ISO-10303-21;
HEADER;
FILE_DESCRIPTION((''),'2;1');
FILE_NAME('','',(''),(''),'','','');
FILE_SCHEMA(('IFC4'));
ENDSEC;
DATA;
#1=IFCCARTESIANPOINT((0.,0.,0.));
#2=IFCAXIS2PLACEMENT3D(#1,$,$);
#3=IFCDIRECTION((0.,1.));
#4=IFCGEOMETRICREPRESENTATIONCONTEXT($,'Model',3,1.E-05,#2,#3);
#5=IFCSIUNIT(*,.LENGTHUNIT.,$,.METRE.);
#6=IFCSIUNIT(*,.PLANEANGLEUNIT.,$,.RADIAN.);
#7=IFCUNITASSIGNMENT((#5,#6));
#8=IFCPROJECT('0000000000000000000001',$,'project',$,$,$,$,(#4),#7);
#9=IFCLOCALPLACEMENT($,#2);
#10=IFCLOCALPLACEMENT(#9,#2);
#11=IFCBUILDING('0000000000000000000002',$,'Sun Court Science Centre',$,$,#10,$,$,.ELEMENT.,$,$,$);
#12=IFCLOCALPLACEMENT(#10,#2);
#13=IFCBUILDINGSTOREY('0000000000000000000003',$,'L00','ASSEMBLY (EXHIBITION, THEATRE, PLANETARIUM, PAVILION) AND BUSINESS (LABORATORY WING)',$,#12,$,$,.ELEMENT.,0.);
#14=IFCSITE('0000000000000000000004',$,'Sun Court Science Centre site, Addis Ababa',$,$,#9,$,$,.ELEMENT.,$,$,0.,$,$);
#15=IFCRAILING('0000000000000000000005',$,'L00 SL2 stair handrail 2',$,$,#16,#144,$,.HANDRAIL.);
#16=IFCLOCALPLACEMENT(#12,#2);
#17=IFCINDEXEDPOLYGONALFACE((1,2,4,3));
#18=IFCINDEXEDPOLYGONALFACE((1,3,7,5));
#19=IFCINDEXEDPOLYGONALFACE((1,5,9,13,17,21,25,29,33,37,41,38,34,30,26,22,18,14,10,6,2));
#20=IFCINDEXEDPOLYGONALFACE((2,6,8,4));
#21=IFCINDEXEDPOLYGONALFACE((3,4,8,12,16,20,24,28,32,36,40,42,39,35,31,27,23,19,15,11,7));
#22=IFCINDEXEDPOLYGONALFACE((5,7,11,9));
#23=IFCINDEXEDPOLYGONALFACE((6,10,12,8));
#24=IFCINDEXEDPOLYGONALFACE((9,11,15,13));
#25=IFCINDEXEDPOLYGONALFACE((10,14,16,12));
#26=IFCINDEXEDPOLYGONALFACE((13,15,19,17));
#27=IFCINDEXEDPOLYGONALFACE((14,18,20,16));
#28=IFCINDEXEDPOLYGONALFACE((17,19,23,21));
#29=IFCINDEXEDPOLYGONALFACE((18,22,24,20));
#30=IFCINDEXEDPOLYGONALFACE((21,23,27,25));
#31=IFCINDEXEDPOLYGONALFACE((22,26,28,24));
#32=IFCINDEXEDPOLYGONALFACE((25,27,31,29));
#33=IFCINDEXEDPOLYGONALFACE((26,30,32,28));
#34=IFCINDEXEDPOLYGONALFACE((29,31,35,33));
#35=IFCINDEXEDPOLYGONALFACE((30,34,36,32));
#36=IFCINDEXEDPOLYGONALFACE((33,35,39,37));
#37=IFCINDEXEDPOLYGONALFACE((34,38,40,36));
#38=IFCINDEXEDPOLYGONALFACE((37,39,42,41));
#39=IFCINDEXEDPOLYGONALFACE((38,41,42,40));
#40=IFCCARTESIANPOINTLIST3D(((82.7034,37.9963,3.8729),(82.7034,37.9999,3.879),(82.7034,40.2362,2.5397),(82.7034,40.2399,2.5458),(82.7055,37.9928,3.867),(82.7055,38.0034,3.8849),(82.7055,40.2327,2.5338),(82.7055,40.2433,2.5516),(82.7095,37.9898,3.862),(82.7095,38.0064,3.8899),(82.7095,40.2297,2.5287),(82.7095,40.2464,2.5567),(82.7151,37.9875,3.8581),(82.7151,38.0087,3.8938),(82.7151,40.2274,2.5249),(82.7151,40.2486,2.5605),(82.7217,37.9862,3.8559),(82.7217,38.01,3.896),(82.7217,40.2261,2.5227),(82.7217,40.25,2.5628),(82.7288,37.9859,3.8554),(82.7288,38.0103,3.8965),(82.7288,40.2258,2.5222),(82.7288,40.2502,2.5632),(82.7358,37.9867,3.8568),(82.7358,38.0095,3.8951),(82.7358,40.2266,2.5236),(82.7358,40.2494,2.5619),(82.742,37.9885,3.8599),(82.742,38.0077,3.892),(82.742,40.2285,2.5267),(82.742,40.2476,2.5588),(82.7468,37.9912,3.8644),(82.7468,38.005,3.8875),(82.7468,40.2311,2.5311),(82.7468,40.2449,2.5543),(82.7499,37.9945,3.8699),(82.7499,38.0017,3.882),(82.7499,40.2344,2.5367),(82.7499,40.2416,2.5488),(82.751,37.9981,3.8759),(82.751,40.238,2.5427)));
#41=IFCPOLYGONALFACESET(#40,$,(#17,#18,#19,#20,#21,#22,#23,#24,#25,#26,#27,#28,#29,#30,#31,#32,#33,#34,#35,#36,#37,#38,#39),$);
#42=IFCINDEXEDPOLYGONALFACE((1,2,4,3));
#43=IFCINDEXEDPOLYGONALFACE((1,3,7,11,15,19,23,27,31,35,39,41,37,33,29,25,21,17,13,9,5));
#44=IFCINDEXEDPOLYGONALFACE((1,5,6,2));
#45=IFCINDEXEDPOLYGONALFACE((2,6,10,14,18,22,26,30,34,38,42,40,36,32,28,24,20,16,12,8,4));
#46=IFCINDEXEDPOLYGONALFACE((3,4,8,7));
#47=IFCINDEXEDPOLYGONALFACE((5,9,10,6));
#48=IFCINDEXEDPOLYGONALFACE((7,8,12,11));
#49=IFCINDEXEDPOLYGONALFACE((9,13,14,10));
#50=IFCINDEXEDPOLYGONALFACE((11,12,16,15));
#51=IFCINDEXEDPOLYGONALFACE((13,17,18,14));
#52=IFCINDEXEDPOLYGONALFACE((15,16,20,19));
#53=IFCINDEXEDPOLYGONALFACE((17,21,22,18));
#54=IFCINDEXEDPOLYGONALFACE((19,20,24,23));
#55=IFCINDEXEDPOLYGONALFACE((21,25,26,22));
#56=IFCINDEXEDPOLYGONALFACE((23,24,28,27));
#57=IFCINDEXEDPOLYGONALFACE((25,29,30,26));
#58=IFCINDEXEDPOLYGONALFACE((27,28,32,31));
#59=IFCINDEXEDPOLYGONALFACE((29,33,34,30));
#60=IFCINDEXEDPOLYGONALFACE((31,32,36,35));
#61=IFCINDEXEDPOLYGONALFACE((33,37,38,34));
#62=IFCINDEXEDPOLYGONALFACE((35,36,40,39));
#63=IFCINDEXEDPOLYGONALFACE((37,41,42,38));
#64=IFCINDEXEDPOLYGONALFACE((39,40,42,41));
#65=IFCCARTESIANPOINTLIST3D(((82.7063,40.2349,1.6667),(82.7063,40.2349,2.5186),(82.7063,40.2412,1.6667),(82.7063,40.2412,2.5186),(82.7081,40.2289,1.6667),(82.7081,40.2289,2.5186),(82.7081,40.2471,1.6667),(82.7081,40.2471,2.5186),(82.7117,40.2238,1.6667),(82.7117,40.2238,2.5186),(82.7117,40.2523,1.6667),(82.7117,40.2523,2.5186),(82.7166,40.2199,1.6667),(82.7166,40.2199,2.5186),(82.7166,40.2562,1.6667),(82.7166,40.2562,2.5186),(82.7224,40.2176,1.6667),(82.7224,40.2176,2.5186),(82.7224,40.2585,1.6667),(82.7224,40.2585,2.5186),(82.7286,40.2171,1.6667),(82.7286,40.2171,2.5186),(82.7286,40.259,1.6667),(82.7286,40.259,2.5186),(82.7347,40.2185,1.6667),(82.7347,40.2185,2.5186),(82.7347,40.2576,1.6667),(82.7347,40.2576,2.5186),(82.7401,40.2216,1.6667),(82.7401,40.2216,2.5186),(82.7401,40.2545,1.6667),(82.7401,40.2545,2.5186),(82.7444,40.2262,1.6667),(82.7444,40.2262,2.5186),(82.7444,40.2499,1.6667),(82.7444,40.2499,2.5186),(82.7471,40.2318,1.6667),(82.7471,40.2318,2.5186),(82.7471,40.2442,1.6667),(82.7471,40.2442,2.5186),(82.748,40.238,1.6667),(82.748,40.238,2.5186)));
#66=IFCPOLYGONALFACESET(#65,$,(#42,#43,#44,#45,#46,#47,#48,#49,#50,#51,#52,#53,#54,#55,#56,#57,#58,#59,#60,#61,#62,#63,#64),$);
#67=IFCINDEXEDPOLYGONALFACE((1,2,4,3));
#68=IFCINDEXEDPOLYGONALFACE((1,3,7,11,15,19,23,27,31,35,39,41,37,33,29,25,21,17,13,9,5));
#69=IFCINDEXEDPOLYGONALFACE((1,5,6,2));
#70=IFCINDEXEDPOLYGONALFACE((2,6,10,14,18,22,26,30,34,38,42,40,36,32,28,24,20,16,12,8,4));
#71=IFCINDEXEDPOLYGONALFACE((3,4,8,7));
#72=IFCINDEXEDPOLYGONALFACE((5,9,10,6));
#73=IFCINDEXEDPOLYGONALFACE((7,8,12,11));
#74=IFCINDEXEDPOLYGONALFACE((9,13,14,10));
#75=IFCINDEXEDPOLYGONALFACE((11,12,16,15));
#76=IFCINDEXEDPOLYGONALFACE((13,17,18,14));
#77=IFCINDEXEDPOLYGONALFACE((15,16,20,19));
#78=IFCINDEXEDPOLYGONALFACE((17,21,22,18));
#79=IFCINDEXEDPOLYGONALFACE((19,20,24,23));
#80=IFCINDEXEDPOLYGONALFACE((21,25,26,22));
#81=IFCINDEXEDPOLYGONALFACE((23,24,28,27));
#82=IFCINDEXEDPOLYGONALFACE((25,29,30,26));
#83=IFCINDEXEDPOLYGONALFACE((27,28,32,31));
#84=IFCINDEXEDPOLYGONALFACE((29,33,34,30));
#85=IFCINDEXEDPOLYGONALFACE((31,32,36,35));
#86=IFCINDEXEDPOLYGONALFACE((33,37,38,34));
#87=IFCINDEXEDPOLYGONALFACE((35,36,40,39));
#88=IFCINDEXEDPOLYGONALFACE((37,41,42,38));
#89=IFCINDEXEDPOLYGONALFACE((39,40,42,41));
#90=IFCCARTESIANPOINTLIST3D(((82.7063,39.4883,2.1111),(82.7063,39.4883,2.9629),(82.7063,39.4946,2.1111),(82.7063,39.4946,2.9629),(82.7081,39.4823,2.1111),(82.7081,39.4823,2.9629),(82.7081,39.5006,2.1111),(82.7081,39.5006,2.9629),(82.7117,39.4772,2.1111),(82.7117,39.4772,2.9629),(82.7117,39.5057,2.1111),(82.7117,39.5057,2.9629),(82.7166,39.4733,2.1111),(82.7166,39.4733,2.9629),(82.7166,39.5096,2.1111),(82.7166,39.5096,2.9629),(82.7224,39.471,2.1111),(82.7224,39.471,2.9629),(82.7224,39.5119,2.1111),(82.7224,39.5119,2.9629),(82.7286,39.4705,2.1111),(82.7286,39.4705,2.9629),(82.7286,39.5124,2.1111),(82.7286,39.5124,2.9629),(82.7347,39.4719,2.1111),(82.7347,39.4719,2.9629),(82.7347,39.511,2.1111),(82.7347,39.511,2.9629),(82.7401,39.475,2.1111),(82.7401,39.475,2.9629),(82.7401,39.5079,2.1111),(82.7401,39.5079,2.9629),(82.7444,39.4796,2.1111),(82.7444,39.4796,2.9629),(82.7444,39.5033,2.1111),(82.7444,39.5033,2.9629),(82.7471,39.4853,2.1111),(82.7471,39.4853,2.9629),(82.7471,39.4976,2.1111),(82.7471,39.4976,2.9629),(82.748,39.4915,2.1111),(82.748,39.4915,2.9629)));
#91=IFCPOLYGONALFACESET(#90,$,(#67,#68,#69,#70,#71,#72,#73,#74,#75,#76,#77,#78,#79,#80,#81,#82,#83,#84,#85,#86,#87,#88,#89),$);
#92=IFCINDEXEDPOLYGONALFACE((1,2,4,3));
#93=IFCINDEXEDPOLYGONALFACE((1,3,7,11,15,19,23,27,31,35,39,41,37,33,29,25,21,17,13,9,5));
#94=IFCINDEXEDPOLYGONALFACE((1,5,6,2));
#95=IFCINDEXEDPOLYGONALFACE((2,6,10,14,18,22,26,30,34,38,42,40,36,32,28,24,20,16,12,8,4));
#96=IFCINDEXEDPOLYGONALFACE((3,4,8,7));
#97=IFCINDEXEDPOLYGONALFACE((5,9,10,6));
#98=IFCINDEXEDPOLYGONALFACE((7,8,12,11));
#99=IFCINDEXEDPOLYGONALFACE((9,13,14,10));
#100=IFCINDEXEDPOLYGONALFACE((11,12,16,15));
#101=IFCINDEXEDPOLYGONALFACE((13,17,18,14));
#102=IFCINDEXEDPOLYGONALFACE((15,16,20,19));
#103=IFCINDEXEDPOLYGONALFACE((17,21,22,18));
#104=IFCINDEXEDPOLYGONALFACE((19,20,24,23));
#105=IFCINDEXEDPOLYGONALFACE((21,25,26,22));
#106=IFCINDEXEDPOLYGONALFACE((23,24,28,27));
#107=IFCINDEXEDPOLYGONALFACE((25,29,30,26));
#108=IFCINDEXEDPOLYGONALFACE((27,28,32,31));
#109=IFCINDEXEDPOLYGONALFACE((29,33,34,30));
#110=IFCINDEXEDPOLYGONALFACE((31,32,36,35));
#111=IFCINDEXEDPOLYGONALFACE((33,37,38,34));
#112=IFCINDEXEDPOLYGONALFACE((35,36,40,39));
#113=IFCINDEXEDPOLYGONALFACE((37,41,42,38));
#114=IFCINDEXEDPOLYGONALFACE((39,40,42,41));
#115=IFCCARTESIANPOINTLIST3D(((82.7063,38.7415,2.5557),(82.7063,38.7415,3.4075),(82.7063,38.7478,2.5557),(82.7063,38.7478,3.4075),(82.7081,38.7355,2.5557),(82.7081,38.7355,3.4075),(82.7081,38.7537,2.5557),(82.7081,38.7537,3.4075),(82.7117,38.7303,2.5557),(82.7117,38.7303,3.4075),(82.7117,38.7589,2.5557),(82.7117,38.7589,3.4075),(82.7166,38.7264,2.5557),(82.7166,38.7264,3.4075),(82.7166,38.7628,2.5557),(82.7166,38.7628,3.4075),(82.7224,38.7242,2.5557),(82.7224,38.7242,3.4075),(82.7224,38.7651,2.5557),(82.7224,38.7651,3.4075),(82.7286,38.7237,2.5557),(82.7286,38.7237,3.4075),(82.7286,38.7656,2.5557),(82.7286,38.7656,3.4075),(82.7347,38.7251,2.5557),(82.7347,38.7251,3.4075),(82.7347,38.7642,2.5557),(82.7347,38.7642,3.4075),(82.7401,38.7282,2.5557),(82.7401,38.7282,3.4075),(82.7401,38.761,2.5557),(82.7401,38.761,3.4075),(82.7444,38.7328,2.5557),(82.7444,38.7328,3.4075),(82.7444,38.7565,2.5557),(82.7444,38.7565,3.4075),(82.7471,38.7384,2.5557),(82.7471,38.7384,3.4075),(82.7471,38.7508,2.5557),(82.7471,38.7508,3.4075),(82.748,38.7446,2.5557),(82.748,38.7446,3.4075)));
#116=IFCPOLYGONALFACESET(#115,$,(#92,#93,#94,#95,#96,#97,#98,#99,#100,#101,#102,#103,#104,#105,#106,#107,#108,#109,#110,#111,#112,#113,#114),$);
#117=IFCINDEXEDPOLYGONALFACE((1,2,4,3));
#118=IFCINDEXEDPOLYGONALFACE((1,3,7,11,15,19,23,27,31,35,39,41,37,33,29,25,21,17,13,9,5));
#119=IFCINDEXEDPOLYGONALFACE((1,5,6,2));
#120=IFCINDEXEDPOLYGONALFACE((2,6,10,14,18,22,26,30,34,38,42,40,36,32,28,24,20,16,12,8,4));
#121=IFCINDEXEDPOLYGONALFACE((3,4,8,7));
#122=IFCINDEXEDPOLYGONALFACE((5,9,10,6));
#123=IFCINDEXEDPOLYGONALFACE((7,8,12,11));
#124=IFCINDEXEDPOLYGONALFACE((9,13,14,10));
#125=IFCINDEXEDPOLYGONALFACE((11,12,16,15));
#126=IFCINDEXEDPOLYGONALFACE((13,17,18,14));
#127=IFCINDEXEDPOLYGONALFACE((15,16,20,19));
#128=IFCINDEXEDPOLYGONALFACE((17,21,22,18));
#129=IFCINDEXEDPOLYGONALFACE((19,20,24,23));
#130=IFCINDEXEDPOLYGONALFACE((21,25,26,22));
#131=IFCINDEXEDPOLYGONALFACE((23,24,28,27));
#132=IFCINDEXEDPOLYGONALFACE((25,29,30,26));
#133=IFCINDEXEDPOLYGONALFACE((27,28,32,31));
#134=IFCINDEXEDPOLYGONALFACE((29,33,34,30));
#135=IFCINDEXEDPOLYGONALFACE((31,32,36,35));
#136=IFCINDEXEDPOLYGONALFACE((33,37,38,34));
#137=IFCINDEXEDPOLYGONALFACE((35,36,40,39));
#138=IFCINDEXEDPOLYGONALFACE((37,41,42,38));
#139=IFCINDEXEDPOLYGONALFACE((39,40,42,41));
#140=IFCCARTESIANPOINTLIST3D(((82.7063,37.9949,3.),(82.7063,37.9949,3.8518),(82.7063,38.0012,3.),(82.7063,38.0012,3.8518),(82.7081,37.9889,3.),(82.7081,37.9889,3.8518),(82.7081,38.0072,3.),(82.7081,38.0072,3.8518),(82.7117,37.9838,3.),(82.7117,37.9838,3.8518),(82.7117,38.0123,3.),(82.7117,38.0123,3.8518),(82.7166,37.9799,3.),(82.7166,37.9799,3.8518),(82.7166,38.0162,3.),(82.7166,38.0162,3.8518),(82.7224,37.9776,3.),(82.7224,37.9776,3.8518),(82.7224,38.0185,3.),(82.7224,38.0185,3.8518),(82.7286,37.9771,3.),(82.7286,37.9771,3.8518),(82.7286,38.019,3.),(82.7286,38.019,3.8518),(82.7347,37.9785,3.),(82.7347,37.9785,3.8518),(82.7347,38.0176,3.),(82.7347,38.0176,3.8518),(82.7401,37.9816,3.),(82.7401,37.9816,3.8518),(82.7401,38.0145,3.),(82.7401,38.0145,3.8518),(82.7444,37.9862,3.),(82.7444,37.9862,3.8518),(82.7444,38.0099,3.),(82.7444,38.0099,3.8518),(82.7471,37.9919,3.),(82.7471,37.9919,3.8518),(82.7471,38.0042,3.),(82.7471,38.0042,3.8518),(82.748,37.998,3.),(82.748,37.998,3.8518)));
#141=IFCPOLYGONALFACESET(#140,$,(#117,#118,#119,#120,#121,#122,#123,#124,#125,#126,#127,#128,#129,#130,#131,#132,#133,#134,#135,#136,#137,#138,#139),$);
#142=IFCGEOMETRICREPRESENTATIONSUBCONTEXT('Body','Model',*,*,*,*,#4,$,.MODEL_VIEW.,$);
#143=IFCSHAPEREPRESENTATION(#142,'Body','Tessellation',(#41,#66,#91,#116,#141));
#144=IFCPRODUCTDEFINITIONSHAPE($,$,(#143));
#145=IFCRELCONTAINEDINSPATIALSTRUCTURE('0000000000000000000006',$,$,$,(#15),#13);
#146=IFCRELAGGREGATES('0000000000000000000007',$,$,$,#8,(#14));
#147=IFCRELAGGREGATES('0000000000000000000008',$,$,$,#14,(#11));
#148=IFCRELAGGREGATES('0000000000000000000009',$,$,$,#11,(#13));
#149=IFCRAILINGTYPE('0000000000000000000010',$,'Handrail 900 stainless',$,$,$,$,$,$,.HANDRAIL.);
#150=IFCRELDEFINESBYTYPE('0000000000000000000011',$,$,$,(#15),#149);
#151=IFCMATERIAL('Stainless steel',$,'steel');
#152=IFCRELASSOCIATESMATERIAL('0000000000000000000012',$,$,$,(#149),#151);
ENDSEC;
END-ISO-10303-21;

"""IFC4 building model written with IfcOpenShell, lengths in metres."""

from ifc_helpers import new_model, si_unit, direction, frame, origin, origin_2d, place, context, subcontext, project, spatial, circle, extrude, material, type_object, element, save


model = new_model("IFC4")

# Units and contexts
model_context = context("Model", 3, precision=1e-05, world=origin(), true_north=direction((0.0, 1.0)))
body_context = subcontext(model_context, "Body", "Model", "MODEL_VIEW")
ifc_project = project(units=[si_unit("LENGTHUNIT", "METRE"), si_unit("PLANEANGLEUNIT", "RADIAN")], contexts=[model_context])

# Site, building, storey
site_placement = place(None, origin())
site = spatial("IfcSite", under=ifc_project, at=site_placement, Name="Sun Court Science Centre site, Addis Ababa", CompositionType="ELEMENT", RefElevation=0.0)
building_placement = place(site_placement, origin())
building = spatial("IfcBuilding", under=site, at=building_placement, Name="Sun Court Science Centre", CompositionType="ELEMENT")
storey_placement = place(building_placement, origin())
storey = spatial("IfcBuildingStorey", under=building, at=storey_placement, Name="L00", Description="ASSEMBLY (EXHIBITION, THEATRE, PLANETARIUM, PAVILION) AND BUSINESS (LABORATORY WING)", CompositionType="ELEMENT", Elevation=0.0)

# Railing
ifc_material_1 = material(Name="Stainless steel", Category="steel")
railing_type_1 = type_object("IfcRailingType", Name="Handrail 900 stainless", PredefinedType="HANDRAIL", material=ifc_material_1)
for number, where, name in (
    (1, (82.7271, 40.238, 1.6667), "L00 SL2 stair handrail 2"),
):
    element("IfcRailing", number, at=place(storey_placement, frame(where)), inside=storey, type_object=railing_type_1, Name=name, PredefinedType="HANDRAIL", context=body_context, shape_type="SweptSolid", body=[
        extrude(circle(Radius=0.0239, at=origin_2d()), frame((0.0, 0.0, 0.876), z_axis=(0.0, -0.859306, 0.511462), x_axis=(1.0, 0.0, 0.0)), (0.0, 0.0, 1.0), 2.6067),
        extrude(circle(Radius=0.021, at=origin_2d()), origin(), (0.0, 0.0, 1.0), 0.8518),
        extrude(circle(Radius=0.021, at=origin_2d()), frame((0.0, -0.7466, 0.4443)), (0.0, 0.0, 1.0), 0.8518),
        extrude(circle(Radius=0.021, at=origin_2d()), frame((0.0, -1.4934, 0.8889)), (0.0, 0.0, 1.0), 0.8518),
        extrude(circle(Radius=0.021, at=origin_2d()), frame((0.0, -2.24, 1.3333)), (0.0, 0.0, 1.0), 0.8518),
    ])

save(model, "model.ifc")
